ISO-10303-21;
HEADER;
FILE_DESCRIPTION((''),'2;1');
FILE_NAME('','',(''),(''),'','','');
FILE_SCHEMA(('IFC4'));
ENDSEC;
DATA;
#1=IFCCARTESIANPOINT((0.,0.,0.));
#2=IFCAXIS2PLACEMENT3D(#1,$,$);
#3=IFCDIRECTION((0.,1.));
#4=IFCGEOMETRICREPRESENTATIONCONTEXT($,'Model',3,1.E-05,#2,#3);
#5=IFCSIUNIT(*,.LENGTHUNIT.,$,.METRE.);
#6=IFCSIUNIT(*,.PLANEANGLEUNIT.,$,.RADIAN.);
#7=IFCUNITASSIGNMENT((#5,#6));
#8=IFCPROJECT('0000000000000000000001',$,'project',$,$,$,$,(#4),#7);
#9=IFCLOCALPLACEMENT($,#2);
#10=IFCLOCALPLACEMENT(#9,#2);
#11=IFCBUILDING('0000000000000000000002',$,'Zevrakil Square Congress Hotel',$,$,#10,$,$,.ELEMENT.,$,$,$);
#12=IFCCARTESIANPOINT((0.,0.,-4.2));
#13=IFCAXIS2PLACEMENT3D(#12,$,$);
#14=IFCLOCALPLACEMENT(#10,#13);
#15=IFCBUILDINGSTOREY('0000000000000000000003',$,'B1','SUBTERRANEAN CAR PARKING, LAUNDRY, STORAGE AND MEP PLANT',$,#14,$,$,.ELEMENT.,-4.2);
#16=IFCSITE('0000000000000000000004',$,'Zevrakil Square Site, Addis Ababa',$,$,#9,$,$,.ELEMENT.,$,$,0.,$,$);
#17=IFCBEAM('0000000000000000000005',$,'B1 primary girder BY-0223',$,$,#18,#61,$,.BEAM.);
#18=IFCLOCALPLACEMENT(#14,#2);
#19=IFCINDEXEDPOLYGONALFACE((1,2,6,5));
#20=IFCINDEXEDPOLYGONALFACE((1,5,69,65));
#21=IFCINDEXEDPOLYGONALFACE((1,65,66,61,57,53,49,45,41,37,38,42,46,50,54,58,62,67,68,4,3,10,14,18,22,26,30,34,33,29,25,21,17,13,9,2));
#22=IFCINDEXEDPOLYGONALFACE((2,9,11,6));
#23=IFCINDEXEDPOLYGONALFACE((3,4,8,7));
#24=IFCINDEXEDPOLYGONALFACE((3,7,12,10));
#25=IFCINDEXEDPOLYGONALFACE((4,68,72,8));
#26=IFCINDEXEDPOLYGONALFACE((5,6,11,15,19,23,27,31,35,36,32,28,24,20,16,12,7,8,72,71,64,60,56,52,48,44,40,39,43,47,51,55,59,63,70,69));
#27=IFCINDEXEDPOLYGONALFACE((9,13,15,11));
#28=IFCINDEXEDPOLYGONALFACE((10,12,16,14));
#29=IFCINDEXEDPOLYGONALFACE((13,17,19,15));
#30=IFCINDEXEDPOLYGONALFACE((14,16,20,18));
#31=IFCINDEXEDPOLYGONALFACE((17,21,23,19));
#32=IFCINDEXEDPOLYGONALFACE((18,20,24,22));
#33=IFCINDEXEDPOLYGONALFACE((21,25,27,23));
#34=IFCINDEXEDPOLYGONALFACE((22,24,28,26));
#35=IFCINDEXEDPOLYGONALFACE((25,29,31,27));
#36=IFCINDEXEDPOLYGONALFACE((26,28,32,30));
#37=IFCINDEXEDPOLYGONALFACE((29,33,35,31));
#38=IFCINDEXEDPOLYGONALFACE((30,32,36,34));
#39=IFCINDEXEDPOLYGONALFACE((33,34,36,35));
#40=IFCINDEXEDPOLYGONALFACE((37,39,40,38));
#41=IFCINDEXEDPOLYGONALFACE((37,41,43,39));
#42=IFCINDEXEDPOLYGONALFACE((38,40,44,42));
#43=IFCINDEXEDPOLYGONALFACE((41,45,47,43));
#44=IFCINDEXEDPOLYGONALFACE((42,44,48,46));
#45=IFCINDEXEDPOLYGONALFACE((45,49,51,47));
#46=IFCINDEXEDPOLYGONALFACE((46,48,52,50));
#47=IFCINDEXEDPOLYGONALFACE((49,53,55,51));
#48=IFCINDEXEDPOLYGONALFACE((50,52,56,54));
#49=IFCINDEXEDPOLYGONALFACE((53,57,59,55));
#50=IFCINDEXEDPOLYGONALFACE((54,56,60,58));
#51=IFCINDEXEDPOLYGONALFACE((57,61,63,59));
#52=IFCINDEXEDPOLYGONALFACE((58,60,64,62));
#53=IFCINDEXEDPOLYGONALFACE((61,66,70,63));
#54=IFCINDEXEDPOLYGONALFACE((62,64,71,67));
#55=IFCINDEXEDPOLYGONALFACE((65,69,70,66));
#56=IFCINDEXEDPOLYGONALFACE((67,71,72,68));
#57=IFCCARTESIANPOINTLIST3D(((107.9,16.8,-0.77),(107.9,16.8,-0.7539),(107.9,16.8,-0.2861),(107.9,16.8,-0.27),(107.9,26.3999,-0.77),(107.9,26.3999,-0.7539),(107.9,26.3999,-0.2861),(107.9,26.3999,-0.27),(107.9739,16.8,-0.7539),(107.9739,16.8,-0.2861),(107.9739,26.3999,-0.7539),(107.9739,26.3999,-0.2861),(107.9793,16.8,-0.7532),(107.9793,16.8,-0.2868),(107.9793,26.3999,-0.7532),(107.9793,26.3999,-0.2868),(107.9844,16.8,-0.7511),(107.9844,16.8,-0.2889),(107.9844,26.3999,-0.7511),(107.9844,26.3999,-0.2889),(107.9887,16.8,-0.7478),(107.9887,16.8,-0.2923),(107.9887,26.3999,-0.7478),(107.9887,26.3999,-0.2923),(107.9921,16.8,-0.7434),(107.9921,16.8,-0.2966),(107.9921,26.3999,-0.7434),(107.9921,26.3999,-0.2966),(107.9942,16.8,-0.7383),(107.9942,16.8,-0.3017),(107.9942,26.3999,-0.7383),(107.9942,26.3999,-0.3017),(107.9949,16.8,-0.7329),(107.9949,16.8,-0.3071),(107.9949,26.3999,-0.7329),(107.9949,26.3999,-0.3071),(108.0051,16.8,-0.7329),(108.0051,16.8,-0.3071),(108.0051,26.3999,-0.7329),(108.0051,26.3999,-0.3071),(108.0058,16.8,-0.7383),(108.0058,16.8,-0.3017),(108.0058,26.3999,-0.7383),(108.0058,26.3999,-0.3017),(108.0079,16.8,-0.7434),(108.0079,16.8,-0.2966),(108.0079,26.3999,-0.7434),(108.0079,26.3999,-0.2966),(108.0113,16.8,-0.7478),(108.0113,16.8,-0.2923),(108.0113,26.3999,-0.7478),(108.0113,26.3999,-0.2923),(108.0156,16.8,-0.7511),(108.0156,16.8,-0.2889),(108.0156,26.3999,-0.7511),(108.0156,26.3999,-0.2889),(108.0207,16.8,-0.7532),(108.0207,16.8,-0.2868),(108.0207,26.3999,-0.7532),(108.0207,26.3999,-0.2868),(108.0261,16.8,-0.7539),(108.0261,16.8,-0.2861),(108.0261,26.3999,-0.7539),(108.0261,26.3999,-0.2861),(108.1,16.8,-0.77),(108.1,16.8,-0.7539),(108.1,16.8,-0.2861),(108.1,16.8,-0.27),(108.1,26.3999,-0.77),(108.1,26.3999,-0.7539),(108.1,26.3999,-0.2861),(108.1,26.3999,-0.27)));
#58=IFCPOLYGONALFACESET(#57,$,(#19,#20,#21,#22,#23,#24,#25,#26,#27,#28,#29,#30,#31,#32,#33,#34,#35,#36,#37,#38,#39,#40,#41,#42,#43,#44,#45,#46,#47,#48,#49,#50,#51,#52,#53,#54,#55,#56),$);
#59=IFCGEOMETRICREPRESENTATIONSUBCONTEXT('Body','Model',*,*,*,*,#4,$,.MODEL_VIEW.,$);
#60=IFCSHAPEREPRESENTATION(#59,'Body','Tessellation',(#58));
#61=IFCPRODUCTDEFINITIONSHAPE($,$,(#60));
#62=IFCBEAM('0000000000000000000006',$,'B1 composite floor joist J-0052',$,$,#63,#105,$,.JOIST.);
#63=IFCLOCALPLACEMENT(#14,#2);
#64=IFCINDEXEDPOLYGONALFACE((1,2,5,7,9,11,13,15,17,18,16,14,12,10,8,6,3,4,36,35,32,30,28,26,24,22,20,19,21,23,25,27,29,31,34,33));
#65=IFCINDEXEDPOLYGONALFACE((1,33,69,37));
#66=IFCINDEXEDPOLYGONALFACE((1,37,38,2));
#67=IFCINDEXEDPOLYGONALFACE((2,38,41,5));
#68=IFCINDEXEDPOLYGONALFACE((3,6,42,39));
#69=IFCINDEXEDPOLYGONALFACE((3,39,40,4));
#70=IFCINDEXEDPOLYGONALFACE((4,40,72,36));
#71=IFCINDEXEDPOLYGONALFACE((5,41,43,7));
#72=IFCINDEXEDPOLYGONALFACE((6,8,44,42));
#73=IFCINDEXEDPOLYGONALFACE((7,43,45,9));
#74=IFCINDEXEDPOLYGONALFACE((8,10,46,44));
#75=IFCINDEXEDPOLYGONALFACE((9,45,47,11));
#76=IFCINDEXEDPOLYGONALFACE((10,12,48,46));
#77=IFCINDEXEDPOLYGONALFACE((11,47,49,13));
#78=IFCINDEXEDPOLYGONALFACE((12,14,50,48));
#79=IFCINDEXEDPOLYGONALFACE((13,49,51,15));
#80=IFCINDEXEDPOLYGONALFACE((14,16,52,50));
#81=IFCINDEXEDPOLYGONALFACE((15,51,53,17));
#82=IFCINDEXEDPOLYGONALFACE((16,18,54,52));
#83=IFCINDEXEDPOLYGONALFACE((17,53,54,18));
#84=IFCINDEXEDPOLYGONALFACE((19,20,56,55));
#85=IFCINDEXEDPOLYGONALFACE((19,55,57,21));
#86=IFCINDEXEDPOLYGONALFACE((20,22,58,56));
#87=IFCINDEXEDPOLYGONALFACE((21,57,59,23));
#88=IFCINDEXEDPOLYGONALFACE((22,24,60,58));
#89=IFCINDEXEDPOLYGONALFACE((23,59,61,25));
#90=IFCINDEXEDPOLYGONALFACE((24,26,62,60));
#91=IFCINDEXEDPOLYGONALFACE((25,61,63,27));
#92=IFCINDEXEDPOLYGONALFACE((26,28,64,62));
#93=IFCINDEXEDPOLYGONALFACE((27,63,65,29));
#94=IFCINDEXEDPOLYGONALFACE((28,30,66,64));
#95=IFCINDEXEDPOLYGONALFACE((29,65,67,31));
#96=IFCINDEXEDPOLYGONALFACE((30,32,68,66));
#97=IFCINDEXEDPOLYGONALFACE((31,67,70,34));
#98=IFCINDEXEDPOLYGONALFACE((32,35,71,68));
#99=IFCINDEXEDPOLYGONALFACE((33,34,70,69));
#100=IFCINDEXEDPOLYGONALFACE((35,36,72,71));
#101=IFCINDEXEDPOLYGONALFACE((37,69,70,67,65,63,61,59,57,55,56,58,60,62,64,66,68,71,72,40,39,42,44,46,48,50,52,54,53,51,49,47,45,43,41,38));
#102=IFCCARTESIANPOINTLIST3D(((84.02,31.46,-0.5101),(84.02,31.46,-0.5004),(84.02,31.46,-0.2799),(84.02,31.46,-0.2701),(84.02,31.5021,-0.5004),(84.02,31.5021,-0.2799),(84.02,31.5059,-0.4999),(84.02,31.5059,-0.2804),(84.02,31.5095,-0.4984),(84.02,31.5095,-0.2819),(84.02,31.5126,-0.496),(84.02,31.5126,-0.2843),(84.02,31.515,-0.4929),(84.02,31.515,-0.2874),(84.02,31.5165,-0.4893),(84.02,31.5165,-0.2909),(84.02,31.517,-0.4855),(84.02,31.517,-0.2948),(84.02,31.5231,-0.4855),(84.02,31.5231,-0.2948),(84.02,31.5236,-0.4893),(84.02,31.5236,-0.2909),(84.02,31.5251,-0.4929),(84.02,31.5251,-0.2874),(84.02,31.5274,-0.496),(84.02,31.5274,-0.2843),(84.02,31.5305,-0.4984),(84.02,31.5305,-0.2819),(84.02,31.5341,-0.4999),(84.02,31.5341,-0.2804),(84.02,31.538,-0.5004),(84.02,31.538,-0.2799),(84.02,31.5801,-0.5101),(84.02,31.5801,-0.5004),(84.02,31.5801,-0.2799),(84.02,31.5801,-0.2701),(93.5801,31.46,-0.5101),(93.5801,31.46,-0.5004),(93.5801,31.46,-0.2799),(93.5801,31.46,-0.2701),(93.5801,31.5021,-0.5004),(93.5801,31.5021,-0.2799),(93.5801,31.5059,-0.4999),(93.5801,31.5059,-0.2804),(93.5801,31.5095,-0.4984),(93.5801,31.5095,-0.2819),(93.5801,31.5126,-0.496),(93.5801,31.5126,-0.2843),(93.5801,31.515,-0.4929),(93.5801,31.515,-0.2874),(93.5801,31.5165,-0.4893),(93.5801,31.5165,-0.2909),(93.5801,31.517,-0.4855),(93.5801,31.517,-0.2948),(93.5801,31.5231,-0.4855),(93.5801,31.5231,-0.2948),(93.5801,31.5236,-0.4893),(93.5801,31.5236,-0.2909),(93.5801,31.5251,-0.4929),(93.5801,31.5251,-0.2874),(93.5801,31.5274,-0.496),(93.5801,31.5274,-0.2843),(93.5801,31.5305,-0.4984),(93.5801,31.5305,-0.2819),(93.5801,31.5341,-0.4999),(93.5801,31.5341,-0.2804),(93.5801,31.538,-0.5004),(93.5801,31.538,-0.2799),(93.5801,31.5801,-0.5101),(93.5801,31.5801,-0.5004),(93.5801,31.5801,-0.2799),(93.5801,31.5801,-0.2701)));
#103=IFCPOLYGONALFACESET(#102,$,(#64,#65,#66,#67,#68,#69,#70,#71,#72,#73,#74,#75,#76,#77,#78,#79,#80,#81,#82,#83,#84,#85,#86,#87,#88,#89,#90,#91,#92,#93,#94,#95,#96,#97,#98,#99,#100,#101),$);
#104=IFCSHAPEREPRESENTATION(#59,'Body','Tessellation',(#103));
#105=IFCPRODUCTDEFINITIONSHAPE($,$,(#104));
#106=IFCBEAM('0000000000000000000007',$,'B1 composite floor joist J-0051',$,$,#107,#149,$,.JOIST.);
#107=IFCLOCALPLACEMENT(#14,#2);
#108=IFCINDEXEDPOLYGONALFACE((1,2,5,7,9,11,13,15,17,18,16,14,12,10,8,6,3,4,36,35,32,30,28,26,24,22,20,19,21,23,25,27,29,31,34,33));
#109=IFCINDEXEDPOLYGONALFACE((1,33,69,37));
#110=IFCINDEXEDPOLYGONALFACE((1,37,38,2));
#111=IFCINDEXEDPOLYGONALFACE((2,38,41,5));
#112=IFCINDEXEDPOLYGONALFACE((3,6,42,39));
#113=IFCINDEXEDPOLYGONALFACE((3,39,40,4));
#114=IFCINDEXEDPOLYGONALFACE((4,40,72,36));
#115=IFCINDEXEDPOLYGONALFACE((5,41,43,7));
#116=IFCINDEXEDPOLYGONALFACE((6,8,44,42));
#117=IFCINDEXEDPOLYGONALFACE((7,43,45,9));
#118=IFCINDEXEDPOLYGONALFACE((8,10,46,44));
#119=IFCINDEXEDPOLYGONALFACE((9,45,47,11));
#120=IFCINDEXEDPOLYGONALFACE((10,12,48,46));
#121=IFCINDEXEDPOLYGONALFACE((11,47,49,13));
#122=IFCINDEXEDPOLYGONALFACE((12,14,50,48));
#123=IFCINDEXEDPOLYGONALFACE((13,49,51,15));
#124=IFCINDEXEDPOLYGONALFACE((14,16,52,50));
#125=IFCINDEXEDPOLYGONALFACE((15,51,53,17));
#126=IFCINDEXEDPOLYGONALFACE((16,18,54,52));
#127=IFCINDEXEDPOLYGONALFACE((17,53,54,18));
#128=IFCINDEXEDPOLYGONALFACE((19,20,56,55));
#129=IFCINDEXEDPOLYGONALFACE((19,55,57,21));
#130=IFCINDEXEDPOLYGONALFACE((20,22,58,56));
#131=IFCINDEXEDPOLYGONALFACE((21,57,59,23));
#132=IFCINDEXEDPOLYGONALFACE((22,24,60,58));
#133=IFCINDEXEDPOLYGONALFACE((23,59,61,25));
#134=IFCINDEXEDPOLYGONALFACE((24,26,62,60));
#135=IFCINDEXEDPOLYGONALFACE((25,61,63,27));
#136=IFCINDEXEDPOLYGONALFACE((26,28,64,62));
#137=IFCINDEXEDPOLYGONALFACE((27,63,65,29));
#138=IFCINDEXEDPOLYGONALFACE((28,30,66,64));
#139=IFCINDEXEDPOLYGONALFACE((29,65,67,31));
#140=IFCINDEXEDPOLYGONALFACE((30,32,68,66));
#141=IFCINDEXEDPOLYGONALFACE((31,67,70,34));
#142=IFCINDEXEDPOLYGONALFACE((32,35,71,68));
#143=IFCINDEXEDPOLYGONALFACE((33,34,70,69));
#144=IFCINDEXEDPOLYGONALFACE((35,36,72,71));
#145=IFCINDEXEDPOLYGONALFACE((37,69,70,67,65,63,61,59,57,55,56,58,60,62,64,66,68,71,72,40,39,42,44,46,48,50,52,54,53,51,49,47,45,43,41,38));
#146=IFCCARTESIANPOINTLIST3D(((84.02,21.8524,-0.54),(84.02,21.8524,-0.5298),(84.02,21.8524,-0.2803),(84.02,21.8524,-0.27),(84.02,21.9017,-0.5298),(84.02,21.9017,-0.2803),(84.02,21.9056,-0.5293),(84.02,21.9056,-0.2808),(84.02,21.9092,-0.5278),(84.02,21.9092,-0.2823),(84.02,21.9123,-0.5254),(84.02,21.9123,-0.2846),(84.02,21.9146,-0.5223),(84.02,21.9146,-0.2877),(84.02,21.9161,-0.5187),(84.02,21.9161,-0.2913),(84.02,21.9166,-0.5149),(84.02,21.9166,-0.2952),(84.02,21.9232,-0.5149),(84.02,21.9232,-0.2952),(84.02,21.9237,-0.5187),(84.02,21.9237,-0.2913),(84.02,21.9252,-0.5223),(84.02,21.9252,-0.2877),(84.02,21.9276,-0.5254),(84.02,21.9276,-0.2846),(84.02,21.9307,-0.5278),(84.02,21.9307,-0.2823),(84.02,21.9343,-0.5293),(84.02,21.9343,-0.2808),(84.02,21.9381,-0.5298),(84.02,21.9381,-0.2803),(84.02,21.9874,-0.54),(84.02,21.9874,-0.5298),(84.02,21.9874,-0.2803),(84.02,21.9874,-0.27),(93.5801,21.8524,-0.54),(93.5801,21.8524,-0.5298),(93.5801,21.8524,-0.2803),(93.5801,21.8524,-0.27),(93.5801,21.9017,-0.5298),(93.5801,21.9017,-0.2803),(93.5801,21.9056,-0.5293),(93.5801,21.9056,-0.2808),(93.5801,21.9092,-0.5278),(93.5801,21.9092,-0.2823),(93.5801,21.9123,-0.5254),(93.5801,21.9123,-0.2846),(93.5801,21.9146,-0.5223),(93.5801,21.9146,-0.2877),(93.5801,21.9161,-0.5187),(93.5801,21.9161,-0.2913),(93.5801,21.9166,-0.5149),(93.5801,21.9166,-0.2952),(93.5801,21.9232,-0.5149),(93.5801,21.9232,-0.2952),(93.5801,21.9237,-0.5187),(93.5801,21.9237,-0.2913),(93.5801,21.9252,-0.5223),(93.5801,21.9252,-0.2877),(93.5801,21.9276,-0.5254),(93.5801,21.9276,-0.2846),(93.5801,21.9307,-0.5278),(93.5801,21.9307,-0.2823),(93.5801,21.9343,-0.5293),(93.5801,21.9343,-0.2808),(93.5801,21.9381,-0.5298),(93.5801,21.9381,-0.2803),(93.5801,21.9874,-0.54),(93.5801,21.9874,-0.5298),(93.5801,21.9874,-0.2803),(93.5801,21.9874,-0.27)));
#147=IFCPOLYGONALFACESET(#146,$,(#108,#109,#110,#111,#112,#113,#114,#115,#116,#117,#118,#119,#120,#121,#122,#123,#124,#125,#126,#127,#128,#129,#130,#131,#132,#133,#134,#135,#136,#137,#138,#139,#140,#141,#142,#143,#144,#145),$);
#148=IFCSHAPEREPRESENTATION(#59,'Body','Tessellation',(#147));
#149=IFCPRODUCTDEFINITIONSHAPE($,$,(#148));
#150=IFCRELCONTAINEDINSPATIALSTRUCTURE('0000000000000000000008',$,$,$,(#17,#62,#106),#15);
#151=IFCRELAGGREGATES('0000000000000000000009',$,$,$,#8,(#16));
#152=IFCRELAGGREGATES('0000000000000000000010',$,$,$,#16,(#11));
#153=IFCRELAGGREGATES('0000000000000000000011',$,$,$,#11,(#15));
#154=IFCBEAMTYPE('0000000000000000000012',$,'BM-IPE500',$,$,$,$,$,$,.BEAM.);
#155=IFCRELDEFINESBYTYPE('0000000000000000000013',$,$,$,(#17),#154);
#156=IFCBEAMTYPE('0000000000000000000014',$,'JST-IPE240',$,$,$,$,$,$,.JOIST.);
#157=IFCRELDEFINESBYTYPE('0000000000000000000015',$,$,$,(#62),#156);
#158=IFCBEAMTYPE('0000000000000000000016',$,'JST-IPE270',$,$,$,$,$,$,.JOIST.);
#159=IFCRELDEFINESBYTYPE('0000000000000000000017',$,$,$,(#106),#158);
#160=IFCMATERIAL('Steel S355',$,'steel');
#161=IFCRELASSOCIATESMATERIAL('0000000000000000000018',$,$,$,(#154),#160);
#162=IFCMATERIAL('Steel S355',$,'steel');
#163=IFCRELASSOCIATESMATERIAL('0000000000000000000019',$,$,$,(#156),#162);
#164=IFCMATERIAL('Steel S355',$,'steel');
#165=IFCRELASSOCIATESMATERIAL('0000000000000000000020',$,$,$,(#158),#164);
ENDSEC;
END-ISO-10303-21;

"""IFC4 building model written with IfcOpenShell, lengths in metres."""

from ifc_helpers import new_model, si_unit, direction, frame, origin, origin_2d, place, context, subcontext, project, spatial, i_section, extrude, material, material_profile, profile_set, type_object, element, save


model = new_model("IFC4")

# Units and contexts
model_context = context("Model", 3, precision=1e-05, world=origin(), true_north=direction((0.0, 1.0)))
body_context = subcontext(model_context, "Body", "Model", "MODEL_VIEW")
ifc_project = project(units=[si_unit("LENGTHUNIT", "METRE"), si_unit("PLANEANGLEUNIT", "RADIAN")], contexts=[model_context])

# Site, building, storey
site_placement = place(None, origin())
site = spatial("IfcSite", under=ifc_project, at=site_placement, Name="Zevrakil Square Site, Addis Ababa", CompositionType="ELEMENT", RefElevation=0.0)
building_placement = place(site_placement, origin())
building = spatial("IfcBuilding", under=site, at=building_placement, Name="Zevrakil Square Congress Hotel", CompositionType="ELEMENT")
storey_placement = place(building_placement, frame((0.0, 0.0, -4.2)))
storey = spatial("IfcBuildingStorey", under=building, at=storey_placement, Name="B1", Description="SUBTERRANEAN CAR PARKING, LAUNDRY, STORAGE AND MEP PLANT", CompositionType="ELEMENT", Elevation=-4.2)

# Beams
ifc_material_1 = material(Name="Steel S355", Category="steel")
ifc_material_profile_1 = material_profile(ifc_material_1, i_section(OverallWidth=0.2, OverallDepth=0.5, WebThickness=0.0103, FlangeThickness=0.0161, FilletRadius=0.021, at=origin_2d()), Name="IPE 500")
ifc_profile_set_1 = profile_set([ifc_material_profile_1], Name="Steel S355")
beam_type_1 = type_object("IfcBeamType", Name="BM-IPE500", PredefinedType="BEAM", material=ifc_profile_set_1)
beam_1_placement = place(storey_placement, frame((108.0, 16.8, -0.52), z_axis=(0.0, 1.0, 0.0), x_axis=(-1.0, 0.0, 0.0)))
element("IfcBeam", 1, at=beam_1_placement, inside=storey, type_object=beam_type_1, Name="B1 primary girder BY-0223", PredefinedType="BEAM", context=body_context, shape_type="SweptSolid", body=[
    extrude(i_section(OverallWidth=0.2, OverallDepth=0.5, WebThickness=0.0103, FlangeThickness=0.0161, FilletRadius=0.021, at=origin_2d()), origin(), (0.0, 0.0, 1.0), 9.5999),
])
ifc_material_2 = material(Name="Steel S355", Category="steel")
ifc_material_profile_2 = material_profile(ifc_material_2, i_section(OverallWidth=0.1201, OverallDepth=0.24, WebThickness=0.0061, FlangeThickness=0.0098, FilletRadius=0.0149, at=origin_2d()), Name="IPE 240")
ifc_profile_set_2 = profile_set([ifc_material_profile_2], Name="Steel S355")
beam_type_2 = type_object("IfcBeamType", Name="JST-IPE240", PredefinedType="JOIST", material=ifc_profile_set_2)
beam_2_placement = place(storey_placement, frame((84.02, 31.52, -0.3901), z_axis=(1.0, 0.0, 0.0), x_axis=(0.0, 1.0, 0.0)))
element("IfcBeam", 2, at=beam_2_placement, inside=storey, type_object=beam_type_2, Name="B1 composite floor joist J-0052", PredefinedType="JOIST", context=body_context, shape_type="SweptSolid", body=[
    extrude(i_section(OverallWidth=0.1201, OverallDepth=0.24, WebThickness=0.0061, FlangeThickness=0.0098, FilletRadius=0.0149, at=origin_2d()), origin(), (0.0, 0.0, 1.0), 9.5601),
])
ifc_material_3 = material(Name="Steel S355", Category="steel")
ifc_material_profile_3 = material_profile(ifc_material_3, i_section(OverallWidth=0.135, OverallDepth=0.27, WebThickness=0.0066, FlangeThickness=0.0103, FilletRadius=0.0149, at=origin_2d()), Name="IPE 270")
ifc_profile_set_3 = profile_set([ifc_material_profile_3], Name="Steel S355")
beam_type_3 = type_object("IfcBeamType", Name="JST-IPE270", PredefinedType="JOIST", material=ifc_profile_set_3)
beam_3_placement = place(storey_placement, frame((84.02, 21.9199, -0.405), z_axis=(1.0, 0.0, 0.0), x_axis=(0.0, 1.0, 0.0)))
element("IfcBeam", 3, at=beam_3_placement, inside=storey, type_object=beam_type_3, Name="B1 composite floor joist J-0051", PredefinedType="JOIST", context=body_context, shape_type="SweptSolid", body=[
    extrude(i_section(OverallWidth=0.135, OverallDepth=0.27, WebThickness=0.0066, FlangeThickness=0.0103, FilletRadius=0.0149, at=origin_2d()), origin(), (0.0, 0.0, 1.0), 9.5601),
])

save(model, "model.ifc")
